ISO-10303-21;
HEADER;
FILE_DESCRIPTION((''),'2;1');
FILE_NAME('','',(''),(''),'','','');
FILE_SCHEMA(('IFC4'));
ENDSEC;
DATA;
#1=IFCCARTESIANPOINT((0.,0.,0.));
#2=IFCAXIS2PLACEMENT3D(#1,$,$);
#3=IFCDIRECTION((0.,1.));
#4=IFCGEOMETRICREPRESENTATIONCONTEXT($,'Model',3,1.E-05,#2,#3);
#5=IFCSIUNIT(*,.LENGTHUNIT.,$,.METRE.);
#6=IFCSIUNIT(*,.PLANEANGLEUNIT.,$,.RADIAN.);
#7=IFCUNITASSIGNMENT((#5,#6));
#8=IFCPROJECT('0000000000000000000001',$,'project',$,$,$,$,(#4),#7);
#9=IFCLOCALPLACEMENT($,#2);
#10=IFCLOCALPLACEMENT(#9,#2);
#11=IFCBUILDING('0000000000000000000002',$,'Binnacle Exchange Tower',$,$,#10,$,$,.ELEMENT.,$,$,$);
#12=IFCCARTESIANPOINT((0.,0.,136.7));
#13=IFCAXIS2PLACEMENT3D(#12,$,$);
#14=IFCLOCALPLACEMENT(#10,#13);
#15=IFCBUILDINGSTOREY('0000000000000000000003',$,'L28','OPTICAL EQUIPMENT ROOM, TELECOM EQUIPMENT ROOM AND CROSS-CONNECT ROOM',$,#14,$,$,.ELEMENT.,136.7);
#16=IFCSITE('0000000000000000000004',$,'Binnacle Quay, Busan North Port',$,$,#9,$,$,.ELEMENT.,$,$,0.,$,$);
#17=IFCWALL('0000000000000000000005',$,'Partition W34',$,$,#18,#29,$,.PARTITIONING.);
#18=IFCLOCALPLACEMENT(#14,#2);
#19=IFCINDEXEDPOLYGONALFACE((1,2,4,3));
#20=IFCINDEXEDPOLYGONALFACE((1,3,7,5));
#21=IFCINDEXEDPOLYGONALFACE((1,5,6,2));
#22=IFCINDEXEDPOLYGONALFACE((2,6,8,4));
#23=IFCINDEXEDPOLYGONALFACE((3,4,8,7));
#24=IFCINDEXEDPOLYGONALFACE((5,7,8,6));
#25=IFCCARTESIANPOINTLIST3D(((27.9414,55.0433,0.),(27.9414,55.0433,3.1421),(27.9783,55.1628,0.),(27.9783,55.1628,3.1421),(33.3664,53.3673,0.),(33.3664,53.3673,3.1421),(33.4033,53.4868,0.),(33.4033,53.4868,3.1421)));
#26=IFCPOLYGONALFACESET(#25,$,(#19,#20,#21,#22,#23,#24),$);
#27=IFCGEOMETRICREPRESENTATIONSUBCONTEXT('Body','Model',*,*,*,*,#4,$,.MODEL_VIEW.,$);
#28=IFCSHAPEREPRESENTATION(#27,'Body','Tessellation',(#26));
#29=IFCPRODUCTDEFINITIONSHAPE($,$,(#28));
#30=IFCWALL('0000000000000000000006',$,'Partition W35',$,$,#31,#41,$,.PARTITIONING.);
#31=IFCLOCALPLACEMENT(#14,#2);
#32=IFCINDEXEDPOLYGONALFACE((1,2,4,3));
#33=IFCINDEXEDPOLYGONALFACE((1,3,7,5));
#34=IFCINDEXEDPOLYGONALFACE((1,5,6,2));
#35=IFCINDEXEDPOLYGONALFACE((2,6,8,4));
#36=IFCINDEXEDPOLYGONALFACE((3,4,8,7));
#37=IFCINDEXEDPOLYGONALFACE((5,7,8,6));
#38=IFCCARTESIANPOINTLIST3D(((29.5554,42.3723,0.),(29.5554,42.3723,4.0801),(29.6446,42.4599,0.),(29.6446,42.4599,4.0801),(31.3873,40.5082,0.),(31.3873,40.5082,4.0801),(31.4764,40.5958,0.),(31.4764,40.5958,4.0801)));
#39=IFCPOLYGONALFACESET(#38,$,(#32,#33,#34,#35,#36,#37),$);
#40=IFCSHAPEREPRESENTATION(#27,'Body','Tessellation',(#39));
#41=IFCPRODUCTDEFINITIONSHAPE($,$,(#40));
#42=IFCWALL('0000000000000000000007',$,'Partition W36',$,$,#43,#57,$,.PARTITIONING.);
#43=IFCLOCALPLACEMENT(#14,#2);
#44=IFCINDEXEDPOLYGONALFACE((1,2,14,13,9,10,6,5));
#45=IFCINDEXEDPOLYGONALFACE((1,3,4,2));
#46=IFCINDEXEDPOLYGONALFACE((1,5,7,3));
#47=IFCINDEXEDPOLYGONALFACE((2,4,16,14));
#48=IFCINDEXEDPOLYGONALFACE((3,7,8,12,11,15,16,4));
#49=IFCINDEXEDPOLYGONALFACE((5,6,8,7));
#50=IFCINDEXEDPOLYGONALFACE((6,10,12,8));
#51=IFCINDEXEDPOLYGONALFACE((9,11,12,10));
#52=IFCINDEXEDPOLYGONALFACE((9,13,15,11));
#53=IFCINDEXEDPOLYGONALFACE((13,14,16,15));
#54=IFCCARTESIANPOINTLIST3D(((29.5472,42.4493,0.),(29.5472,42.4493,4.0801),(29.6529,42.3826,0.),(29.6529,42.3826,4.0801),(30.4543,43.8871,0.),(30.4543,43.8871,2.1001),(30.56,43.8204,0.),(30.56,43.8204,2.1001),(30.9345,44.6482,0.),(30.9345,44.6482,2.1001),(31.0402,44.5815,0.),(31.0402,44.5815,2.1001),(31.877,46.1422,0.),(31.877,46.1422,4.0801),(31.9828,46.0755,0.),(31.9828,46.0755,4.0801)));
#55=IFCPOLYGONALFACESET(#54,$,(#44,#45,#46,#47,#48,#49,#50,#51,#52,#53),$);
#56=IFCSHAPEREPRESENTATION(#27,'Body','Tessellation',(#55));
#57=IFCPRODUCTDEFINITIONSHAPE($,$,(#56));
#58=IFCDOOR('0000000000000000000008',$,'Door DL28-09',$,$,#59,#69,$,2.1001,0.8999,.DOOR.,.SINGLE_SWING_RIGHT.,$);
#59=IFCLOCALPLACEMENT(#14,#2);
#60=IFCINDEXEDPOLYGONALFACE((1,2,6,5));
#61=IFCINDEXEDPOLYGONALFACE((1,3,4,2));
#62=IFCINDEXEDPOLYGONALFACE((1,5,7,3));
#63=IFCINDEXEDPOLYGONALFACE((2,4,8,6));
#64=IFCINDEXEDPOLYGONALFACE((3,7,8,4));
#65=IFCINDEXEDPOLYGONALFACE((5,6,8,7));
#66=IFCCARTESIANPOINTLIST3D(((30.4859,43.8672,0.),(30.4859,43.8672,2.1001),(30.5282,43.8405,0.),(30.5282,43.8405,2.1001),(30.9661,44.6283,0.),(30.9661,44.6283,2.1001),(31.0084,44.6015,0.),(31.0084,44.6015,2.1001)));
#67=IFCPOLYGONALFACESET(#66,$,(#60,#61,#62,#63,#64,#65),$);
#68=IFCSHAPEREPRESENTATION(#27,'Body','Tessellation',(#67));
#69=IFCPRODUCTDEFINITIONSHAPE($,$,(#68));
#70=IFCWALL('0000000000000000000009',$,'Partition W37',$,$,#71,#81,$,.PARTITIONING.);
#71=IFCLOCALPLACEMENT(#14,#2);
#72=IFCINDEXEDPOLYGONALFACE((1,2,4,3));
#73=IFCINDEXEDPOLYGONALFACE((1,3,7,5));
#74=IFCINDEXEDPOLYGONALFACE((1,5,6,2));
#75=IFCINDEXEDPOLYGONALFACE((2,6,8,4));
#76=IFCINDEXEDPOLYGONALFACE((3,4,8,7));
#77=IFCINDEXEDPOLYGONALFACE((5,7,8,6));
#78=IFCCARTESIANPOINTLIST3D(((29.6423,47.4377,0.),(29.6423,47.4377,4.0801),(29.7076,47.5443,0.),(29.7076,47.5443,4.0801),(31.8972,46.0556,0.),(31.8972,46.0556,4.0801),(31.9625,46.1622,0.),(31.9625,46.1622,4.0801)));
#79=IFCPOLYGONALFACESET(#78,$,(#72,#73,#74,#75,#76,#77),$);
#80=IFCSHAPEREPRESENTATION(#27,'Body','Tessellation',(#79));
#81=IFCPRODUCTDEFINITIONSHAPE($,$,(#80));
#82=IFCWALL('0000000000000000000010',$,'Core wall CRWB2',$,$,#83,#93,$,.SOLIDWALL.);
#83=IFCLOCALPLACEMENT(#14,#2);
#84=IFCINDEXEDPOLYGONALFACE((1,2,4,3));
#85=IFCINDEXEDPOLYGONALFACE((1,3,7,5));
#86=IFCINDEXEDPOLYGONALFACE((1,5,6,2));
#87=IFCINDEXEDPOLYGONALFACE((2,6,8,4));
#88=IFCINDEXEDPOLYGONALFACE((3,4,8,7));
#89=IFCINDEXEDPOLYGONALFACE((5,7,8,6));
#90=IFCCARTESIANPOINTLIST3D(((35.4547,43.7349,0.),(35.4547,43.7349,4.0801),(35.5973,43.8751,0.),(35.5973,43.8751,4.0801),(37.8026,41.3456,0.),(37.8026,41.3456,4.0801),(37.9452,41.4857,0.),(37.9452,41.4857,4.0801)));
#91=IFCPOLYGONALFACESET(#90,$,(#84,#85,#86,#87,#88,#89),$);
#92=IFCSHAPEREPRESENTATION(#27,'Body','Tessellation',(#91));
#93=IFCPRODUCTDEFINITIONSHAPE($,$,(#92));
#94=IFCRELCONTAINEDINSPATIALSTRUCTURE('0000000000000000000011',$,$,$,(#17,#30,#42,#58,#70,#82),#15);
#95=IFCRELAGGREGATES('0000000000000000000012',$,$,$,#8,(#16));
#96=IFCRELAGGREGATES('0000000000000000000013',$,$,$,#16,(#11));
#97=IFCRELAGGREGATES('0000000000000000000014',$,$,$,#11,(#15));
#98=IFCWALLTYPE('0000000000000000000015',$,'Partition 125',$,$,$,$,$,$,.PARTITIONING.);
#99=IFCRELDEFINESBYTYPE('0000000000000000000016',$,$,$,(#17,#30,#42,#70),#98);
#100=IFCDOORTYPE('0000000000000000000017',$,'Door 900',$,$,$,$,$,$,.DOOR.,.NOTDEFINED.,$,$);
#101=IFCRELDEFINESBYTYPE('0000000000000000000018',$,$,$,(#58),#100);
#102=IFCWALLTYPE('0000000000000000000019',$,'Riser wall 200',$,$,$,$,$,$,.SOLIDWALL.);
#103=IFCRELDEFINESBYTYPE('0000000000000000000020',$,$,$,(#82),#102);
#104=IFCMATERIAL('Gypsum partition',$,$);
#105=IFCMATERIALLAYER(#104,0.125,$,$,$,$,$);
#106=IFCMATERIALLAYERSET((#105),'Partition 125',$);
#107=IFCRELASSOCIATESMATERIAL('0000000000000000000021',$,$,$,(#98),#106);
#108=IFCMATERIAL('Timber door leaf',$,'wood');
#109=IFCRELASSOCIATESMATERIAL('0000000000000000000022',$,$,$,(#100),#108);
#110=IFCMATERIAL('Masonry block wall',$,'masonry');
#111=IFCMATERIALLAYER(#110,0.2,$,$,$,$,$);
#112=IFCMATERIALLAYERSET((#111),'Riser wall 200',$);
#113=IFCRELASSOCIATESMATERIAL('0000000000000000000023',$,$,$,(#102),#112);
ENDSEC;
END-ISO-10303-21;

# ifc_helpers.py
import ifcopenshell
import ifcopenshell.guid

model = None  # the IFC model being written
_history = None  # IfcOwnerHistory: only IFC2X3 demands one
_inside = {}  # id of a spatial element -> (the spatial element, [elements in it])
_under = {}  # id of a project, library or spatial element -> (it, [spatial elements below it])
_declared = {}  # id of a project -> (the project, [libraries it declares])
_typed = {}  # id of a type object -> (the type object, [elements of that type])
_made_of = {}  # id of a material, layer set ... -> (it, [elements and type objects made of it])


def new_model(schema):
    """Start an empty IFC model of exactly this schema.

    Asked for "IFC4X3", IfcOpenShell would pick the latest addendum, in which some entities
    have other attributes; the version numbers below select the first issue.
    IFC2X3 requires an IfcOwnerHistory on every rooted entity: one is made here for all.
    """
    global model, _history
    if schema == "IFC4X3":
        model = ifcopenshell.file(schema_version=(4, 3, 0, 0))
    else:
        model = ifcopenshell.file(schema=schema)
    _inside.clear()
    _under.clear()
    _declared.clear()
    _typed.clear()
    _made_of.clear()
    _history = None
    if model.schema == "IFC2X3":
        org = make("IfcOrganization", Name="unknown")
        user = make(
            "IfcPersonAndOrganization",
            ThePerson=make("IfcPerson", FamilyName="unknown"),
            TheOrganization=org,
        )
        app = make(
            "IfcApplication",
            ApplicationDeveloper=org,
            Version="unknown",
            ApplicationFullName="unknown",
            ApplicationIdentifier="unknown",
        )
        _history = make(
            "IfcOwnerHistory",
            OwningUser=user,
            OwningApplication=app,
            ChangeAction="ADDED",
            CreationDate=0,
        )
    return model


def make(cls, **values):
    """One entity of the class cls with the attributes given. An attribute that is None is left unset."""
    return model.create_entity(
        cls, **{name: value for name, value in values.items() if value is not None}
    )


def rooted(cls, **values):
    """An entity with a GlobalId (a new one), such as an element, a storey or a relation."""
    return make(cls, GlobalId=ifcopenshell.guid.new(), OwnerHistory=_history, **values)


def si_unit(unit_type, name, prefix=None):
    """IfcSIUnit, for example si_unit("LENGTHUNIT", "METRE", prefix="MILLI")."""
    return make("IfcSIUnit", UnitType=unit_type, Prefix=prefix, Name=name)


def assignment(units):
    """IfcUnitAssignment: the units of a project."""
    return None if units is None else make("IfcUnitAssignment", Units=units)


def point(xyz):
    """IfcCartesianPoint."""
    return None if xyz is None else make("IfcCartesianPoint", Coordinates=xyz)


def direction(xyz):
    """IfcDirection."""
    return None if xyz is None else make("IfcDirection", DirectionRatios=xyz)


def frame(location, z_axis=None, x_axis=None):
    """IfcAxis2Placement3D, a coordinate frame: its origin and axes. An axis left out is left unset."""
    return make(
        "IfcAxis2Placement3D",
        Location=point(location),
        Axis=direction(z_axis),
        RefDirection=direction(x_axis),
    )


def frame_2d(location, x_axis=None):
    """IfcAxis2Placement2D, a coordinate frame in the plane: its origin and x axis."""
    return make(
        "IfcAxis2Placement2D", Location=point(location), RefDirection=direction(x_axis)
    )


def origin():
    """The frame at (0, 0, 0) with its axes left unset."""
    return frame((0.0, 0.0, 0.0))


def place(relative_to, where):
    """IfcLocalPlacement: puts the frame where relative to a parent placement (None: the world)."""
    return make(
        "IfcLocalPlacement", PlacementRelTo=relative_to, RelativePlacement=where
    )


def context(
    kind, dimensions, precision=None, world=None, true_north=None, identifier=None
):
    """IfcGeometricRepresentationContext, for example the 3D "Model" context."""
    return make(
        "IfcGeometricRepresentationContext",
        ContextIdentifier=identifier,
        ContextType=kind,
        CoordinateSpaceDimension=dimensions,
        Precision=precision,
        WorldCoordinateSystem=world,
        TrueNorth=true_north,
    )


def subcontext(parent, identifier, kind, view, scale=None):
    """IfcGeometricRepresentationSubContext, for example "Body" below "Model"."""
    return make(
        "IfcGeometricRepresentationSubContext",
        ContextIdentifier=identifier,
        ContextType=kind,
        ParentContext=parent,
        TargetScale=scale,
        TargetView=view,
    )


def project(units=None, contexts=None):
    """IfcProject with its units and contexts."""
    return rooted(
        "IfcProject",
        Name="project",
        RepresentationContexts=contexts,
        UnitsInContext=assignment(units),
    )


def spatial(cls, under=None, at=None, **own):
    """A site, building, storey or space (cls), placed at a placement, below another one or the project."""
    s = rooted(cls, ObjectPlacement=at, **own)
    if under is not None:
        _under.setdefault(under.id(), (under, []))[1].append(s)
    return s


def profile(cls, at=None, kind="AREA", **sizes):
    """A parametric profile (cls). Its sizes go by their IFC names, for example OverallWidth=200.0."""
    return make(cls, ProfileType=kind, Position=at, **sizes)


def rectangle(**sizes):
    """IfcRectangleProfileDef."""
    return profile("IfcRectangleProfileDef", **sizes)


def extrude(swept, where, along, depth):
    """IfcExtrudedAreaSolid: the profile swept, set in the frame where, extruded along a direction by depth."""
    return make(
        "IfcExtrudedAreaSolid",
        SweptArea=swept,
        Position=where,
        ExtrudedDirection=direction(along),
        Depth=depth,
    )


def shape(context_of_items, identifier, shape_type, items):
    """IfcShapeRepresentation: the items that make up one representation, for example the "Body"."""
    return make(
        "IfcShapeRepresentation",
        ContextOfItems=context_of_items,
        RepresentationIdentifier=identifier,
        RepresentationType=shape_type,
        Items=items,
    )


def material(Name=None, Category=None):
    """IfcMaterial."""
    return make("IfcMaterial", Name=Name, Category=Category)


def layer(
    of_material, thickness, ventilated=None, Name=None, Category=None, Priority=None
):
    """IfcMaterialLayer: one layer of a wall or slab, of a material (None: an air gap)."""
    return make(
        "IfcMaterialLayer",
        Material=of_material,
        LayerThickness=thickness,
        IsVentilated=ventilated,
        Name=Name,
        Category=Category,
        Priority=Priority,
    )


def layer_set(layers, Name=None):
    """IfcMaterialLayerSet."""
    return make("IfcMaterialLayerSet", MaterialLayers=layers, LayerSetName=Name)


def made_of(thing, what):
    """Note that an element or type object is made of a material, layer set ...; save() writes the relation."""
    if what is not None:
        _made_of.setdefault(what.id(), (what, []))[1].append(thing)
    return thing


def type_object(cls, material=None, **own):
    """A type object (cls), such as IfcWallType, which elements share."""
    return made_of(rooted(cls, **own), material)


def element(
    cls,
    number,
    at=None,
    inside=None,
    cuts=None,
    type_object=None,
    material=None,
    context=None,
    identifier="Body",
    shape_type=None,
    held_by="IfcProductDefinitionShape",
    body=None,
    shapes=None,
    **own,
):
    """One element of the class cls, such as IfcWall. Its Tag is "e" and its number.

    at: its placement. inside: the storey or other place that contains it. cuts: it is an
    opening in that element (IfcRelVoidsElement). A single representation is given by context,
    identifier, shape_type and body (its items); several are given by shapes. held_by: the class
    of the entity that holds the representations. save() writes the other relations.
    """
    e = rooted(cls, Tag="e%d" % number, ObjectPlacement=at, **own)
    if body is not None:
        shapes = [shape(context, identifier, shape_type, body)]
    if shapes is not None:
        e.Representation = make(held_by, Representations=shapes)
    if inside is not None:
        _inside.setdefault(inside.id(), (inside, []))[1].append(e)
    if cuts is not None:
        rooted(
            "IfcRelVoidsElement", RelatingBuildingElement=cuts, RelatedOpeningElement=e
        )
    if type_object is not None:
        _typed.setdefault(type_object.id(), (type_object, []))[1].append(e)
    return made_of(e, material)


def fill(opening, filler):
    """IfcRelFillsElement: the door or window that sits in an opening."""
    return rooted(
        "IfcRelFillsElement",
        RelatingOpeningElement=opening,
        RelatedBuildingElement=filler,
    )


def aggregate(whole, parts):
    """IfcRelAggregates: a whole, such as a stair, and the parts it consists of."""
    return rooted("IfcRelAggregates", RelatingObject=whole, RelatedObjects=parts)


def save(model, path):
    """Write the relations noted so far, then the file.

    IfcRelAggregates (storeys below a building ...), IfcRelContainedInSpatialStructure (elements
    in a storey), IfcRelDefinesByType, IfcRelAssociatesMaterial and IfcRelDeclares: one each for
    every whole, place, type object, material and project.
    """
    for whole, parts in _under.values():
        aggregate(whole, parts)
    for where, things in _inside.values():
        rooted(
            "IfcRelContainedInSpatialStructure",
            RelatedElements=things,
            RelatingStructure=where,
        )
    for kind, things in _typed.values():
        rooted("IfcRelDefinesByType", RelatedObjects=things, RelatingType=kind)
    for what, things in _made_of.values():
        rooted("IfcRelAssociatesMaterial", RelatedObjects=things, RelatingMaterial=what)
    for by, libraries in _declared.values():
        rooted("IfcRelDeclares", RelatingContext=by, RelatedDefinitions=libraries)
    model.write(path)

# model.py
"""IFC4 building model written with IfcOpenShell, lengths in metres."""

from ifc_helpers import new_model, si_unit, direction, frame, frame_2d, origin, place, context, subcontext, project, spatial, rectangle, extrude, material, layer, layer_set, type_object, element, fill, save


model = new_model("IFC4")

# Units and contexts
model_context = context("Model", 3, precision=1e-05, world=origin(), true_north=direction((0.0, 1.0)))
body_context = subcontext(model_context, "Body", "Model", "MODEL_VIEW")
ifc_project = project(units=[si_unit("LENGTHUNIT", "METRE"), si_unit("PLANEANGLEUNIT", "RADIAN")], contexts=[model_context])

# Site, building, storey
site_placement = place(None, origin())
site = spatial("IfcSite", under=ifc_project, at=site_placement, Name="Binnacle Quay, Busan North Port", CompositionType="ELEMENT", RefElevation=0.0)
building_placement = place(site_placement, origin())
building = spatial("IfcBuilding", under=site, at=building_placement, Name="Binnacle Exchange Tower", CompositionType="ELEMENT")
storey_placement = place(building_placement, frame((0.0, 0.0, 136.7)))
storey = spatial("IfcBuildingStorey", under=building, at=storey_placement, Name="L28", Description="OPTICAL EQUIPMENT ROOM, TELECOM EQUIPMENT ROOM AND CROSS-CONNECT ROOM", CompositionType="ELEMENT", Elevation=136.7)

# Walls
ifc_material_1 = material(Name="Gypsum partition")
ifc_layer_1 = layer(ifc_material_1, 0.125)
ifc_layer_set_1 = layer_set([ifc_layer_1], Name="Partition 125")
wall_type_1 = type_object("IfcWallType", Name="Partition 125", PredefinedType="PARTITIONING", material=ifc_layer_set_1)
wall_1_placement = place(storey_placement, frame((27.96, 55.103, 0.0), z_axis=(0.0, 0.0, 1.0), x_axis=(0.955443, -0.295176, 0.0)))
element("IfcWall", 1, at=wall_1_placement, inside=storey, type_object=wall_type_1, Name="Partition W34", PredefinedType="PARTITIONING", context=body_context, shape_type="SweptSolid", body=[
    extrude(rectangle(XDim=5.678, YDim=0.125, at=frame_2d((2.8389, 0.0))), origin(), (0.0, 0.0, 1.0), 3.1421),
])
wall_2_placement = place(storey_placement, frame((29.6001, 42.416, 0.0), z_axis=(0.0, 0.0, 1.0), x_axis=(0.700914, -0.713245, 0.0)))
element("IfcWall", 2, at=wall_2_placement, inside=storey, type_object=wall_type_1, Name="Partition W35", PredefinedType="PARTITIONING", context=body_context, shape_type="SweptSolid", body=[
    extrude(rectangle(XDim=2.6135, YDim=0.125, at=frame_2d((1.3066, 0.0))), origin(), (0.0, 0.0, 1.0), 4.0801),
])

# Wall, opening, door
wall_3_placement = place(storey_placement, frame((29.6001, 42.416, 0.0), z_axis=(0.0, 0.0, 1.0), x_axis=(0.533583, 0.845748, 0.0)))
wall_3 = element("IfcWall", 3, at=wall_3_placement, inside=storey, type_object=wall_type_1, Name="Partition W36", PredefinedType="PARTITIONING", context=body_context, shape_type="SweptSolid", body=[
    extrude(rectangle(XDim=4.3665, YDim=0.125, at=frame_2d((2.1831, 0.0))), origin(), (0.0, 0.0, 1.0), 4.0801),
])
opening_placement = place(wall_3_placement, frame((1.7, 0.0, 0.0)))
opening = element("IfcOpeningElement", 4, at=opening_placement, cuts=wall_3, PredefinedType="OPENING", context=body_context, shape_type="SweptSolid", body=[
    extrude(rectangle(XDim=0.8999, YDim=2.1001, at=frame_2d((0.45, 1.05))), frame((0.0, 0.0725, 0.0), z_axis=(0.0, -1.0, 0.0), x_axis=(1.0, 0.0, 0.0)), (0.0, 0.0, 1.0), 0.145),
])
ifc_material_2 = material(Name="Timber door leaf", Category="wood")
door_type = type_object("IfcDoorType", Name="Door 900", OperationType="NOTDEFINED", PredefinedType="DOOR", material=ifc_material_2)
door_placement = place(opening_placement, frame((0.8999, 0.0, 0.0), z_axis=(0.0, 0.0, 1.0), x_axis=(-1.0, 0.0, 0.0)))
door = element("IfcDoor", 5, at=door_placement, inside=storey, type_object=door_type, Name="Door DL28-09", OperationType="SINGLE_SWING_RIGHT", OverallHeight=2.1001, OverallWidth=0.8999, PredefinedType="DOOR", context=body_context, shape_type="SweptSolid", body=[
    extrude(rectangle(XDim=0.8999, YDim=2.1001, at=frame_2d((0.45, 1.05))), frame((0.0, 0.0249, 0.0), z_axis=(0.0, -1.0, 0.0), x_axis=(1.0, 0.0, 0.0)), (0.0, 0.0, 1.0), 0.05),
])
fill(opening, door)

# Walls
wall_4_placement = place(storey_placement, frame((29.675, 47.491, 0.0), z_axis=(0.0, 0.0, 1.0), x_axis=(0.852592, -0.522577, 0.0)))
element("IfcWall", 6, at=wall_4_placement, inside=storey, type_object=wall_type_1, Name="Partition W37", PredefinedType="PARTITIONING", context=body_context, shape_type="SweptSolid", body=[
    extrude(rectangle(XDim=2.6448, YDim=0.125, at=frame_2d((1.3223, 0.0))), origin(), (0.0, 0.0, 1.0), 4.0801),
])
ifc_material_3 = material(Name="Masonry block wall", Category="masonry")
ifc_layer_2 = layer(ifc_material_3, 0.2)
ifc_layer_set_2 = layer_set([ifc_layer_2], Name="Riser wall 200")
wall_type_2 = type_object("IfcWallType", Name="Riser wall 200", PredefinedType="SOLIDWALL", material=ifc_layer_set_2)
wall_5_placement = place(storey_placement, frame((35.5261, 43.8049, 0.0), z_axis=(0.0, 0.0, 1.0), x_axis=(0.700885, -0.713274, 0.0)))
element("IfcWall", 7, at=wall_5_placement, inside=storey, type_object=wall_type_2, Name="Core wall CRWB2", PredefinedType="SOLIDWALL", context=body_context, shape_type="SweptSolid", body=[
    extrude(rectangle(XDim=3.3499, YDim=0.2, at=frame_2d((1.6748, 0.0))), origin(), (0.0, 0.0, 1.0), 4.0801),
])

save(model, "model.ifc")
